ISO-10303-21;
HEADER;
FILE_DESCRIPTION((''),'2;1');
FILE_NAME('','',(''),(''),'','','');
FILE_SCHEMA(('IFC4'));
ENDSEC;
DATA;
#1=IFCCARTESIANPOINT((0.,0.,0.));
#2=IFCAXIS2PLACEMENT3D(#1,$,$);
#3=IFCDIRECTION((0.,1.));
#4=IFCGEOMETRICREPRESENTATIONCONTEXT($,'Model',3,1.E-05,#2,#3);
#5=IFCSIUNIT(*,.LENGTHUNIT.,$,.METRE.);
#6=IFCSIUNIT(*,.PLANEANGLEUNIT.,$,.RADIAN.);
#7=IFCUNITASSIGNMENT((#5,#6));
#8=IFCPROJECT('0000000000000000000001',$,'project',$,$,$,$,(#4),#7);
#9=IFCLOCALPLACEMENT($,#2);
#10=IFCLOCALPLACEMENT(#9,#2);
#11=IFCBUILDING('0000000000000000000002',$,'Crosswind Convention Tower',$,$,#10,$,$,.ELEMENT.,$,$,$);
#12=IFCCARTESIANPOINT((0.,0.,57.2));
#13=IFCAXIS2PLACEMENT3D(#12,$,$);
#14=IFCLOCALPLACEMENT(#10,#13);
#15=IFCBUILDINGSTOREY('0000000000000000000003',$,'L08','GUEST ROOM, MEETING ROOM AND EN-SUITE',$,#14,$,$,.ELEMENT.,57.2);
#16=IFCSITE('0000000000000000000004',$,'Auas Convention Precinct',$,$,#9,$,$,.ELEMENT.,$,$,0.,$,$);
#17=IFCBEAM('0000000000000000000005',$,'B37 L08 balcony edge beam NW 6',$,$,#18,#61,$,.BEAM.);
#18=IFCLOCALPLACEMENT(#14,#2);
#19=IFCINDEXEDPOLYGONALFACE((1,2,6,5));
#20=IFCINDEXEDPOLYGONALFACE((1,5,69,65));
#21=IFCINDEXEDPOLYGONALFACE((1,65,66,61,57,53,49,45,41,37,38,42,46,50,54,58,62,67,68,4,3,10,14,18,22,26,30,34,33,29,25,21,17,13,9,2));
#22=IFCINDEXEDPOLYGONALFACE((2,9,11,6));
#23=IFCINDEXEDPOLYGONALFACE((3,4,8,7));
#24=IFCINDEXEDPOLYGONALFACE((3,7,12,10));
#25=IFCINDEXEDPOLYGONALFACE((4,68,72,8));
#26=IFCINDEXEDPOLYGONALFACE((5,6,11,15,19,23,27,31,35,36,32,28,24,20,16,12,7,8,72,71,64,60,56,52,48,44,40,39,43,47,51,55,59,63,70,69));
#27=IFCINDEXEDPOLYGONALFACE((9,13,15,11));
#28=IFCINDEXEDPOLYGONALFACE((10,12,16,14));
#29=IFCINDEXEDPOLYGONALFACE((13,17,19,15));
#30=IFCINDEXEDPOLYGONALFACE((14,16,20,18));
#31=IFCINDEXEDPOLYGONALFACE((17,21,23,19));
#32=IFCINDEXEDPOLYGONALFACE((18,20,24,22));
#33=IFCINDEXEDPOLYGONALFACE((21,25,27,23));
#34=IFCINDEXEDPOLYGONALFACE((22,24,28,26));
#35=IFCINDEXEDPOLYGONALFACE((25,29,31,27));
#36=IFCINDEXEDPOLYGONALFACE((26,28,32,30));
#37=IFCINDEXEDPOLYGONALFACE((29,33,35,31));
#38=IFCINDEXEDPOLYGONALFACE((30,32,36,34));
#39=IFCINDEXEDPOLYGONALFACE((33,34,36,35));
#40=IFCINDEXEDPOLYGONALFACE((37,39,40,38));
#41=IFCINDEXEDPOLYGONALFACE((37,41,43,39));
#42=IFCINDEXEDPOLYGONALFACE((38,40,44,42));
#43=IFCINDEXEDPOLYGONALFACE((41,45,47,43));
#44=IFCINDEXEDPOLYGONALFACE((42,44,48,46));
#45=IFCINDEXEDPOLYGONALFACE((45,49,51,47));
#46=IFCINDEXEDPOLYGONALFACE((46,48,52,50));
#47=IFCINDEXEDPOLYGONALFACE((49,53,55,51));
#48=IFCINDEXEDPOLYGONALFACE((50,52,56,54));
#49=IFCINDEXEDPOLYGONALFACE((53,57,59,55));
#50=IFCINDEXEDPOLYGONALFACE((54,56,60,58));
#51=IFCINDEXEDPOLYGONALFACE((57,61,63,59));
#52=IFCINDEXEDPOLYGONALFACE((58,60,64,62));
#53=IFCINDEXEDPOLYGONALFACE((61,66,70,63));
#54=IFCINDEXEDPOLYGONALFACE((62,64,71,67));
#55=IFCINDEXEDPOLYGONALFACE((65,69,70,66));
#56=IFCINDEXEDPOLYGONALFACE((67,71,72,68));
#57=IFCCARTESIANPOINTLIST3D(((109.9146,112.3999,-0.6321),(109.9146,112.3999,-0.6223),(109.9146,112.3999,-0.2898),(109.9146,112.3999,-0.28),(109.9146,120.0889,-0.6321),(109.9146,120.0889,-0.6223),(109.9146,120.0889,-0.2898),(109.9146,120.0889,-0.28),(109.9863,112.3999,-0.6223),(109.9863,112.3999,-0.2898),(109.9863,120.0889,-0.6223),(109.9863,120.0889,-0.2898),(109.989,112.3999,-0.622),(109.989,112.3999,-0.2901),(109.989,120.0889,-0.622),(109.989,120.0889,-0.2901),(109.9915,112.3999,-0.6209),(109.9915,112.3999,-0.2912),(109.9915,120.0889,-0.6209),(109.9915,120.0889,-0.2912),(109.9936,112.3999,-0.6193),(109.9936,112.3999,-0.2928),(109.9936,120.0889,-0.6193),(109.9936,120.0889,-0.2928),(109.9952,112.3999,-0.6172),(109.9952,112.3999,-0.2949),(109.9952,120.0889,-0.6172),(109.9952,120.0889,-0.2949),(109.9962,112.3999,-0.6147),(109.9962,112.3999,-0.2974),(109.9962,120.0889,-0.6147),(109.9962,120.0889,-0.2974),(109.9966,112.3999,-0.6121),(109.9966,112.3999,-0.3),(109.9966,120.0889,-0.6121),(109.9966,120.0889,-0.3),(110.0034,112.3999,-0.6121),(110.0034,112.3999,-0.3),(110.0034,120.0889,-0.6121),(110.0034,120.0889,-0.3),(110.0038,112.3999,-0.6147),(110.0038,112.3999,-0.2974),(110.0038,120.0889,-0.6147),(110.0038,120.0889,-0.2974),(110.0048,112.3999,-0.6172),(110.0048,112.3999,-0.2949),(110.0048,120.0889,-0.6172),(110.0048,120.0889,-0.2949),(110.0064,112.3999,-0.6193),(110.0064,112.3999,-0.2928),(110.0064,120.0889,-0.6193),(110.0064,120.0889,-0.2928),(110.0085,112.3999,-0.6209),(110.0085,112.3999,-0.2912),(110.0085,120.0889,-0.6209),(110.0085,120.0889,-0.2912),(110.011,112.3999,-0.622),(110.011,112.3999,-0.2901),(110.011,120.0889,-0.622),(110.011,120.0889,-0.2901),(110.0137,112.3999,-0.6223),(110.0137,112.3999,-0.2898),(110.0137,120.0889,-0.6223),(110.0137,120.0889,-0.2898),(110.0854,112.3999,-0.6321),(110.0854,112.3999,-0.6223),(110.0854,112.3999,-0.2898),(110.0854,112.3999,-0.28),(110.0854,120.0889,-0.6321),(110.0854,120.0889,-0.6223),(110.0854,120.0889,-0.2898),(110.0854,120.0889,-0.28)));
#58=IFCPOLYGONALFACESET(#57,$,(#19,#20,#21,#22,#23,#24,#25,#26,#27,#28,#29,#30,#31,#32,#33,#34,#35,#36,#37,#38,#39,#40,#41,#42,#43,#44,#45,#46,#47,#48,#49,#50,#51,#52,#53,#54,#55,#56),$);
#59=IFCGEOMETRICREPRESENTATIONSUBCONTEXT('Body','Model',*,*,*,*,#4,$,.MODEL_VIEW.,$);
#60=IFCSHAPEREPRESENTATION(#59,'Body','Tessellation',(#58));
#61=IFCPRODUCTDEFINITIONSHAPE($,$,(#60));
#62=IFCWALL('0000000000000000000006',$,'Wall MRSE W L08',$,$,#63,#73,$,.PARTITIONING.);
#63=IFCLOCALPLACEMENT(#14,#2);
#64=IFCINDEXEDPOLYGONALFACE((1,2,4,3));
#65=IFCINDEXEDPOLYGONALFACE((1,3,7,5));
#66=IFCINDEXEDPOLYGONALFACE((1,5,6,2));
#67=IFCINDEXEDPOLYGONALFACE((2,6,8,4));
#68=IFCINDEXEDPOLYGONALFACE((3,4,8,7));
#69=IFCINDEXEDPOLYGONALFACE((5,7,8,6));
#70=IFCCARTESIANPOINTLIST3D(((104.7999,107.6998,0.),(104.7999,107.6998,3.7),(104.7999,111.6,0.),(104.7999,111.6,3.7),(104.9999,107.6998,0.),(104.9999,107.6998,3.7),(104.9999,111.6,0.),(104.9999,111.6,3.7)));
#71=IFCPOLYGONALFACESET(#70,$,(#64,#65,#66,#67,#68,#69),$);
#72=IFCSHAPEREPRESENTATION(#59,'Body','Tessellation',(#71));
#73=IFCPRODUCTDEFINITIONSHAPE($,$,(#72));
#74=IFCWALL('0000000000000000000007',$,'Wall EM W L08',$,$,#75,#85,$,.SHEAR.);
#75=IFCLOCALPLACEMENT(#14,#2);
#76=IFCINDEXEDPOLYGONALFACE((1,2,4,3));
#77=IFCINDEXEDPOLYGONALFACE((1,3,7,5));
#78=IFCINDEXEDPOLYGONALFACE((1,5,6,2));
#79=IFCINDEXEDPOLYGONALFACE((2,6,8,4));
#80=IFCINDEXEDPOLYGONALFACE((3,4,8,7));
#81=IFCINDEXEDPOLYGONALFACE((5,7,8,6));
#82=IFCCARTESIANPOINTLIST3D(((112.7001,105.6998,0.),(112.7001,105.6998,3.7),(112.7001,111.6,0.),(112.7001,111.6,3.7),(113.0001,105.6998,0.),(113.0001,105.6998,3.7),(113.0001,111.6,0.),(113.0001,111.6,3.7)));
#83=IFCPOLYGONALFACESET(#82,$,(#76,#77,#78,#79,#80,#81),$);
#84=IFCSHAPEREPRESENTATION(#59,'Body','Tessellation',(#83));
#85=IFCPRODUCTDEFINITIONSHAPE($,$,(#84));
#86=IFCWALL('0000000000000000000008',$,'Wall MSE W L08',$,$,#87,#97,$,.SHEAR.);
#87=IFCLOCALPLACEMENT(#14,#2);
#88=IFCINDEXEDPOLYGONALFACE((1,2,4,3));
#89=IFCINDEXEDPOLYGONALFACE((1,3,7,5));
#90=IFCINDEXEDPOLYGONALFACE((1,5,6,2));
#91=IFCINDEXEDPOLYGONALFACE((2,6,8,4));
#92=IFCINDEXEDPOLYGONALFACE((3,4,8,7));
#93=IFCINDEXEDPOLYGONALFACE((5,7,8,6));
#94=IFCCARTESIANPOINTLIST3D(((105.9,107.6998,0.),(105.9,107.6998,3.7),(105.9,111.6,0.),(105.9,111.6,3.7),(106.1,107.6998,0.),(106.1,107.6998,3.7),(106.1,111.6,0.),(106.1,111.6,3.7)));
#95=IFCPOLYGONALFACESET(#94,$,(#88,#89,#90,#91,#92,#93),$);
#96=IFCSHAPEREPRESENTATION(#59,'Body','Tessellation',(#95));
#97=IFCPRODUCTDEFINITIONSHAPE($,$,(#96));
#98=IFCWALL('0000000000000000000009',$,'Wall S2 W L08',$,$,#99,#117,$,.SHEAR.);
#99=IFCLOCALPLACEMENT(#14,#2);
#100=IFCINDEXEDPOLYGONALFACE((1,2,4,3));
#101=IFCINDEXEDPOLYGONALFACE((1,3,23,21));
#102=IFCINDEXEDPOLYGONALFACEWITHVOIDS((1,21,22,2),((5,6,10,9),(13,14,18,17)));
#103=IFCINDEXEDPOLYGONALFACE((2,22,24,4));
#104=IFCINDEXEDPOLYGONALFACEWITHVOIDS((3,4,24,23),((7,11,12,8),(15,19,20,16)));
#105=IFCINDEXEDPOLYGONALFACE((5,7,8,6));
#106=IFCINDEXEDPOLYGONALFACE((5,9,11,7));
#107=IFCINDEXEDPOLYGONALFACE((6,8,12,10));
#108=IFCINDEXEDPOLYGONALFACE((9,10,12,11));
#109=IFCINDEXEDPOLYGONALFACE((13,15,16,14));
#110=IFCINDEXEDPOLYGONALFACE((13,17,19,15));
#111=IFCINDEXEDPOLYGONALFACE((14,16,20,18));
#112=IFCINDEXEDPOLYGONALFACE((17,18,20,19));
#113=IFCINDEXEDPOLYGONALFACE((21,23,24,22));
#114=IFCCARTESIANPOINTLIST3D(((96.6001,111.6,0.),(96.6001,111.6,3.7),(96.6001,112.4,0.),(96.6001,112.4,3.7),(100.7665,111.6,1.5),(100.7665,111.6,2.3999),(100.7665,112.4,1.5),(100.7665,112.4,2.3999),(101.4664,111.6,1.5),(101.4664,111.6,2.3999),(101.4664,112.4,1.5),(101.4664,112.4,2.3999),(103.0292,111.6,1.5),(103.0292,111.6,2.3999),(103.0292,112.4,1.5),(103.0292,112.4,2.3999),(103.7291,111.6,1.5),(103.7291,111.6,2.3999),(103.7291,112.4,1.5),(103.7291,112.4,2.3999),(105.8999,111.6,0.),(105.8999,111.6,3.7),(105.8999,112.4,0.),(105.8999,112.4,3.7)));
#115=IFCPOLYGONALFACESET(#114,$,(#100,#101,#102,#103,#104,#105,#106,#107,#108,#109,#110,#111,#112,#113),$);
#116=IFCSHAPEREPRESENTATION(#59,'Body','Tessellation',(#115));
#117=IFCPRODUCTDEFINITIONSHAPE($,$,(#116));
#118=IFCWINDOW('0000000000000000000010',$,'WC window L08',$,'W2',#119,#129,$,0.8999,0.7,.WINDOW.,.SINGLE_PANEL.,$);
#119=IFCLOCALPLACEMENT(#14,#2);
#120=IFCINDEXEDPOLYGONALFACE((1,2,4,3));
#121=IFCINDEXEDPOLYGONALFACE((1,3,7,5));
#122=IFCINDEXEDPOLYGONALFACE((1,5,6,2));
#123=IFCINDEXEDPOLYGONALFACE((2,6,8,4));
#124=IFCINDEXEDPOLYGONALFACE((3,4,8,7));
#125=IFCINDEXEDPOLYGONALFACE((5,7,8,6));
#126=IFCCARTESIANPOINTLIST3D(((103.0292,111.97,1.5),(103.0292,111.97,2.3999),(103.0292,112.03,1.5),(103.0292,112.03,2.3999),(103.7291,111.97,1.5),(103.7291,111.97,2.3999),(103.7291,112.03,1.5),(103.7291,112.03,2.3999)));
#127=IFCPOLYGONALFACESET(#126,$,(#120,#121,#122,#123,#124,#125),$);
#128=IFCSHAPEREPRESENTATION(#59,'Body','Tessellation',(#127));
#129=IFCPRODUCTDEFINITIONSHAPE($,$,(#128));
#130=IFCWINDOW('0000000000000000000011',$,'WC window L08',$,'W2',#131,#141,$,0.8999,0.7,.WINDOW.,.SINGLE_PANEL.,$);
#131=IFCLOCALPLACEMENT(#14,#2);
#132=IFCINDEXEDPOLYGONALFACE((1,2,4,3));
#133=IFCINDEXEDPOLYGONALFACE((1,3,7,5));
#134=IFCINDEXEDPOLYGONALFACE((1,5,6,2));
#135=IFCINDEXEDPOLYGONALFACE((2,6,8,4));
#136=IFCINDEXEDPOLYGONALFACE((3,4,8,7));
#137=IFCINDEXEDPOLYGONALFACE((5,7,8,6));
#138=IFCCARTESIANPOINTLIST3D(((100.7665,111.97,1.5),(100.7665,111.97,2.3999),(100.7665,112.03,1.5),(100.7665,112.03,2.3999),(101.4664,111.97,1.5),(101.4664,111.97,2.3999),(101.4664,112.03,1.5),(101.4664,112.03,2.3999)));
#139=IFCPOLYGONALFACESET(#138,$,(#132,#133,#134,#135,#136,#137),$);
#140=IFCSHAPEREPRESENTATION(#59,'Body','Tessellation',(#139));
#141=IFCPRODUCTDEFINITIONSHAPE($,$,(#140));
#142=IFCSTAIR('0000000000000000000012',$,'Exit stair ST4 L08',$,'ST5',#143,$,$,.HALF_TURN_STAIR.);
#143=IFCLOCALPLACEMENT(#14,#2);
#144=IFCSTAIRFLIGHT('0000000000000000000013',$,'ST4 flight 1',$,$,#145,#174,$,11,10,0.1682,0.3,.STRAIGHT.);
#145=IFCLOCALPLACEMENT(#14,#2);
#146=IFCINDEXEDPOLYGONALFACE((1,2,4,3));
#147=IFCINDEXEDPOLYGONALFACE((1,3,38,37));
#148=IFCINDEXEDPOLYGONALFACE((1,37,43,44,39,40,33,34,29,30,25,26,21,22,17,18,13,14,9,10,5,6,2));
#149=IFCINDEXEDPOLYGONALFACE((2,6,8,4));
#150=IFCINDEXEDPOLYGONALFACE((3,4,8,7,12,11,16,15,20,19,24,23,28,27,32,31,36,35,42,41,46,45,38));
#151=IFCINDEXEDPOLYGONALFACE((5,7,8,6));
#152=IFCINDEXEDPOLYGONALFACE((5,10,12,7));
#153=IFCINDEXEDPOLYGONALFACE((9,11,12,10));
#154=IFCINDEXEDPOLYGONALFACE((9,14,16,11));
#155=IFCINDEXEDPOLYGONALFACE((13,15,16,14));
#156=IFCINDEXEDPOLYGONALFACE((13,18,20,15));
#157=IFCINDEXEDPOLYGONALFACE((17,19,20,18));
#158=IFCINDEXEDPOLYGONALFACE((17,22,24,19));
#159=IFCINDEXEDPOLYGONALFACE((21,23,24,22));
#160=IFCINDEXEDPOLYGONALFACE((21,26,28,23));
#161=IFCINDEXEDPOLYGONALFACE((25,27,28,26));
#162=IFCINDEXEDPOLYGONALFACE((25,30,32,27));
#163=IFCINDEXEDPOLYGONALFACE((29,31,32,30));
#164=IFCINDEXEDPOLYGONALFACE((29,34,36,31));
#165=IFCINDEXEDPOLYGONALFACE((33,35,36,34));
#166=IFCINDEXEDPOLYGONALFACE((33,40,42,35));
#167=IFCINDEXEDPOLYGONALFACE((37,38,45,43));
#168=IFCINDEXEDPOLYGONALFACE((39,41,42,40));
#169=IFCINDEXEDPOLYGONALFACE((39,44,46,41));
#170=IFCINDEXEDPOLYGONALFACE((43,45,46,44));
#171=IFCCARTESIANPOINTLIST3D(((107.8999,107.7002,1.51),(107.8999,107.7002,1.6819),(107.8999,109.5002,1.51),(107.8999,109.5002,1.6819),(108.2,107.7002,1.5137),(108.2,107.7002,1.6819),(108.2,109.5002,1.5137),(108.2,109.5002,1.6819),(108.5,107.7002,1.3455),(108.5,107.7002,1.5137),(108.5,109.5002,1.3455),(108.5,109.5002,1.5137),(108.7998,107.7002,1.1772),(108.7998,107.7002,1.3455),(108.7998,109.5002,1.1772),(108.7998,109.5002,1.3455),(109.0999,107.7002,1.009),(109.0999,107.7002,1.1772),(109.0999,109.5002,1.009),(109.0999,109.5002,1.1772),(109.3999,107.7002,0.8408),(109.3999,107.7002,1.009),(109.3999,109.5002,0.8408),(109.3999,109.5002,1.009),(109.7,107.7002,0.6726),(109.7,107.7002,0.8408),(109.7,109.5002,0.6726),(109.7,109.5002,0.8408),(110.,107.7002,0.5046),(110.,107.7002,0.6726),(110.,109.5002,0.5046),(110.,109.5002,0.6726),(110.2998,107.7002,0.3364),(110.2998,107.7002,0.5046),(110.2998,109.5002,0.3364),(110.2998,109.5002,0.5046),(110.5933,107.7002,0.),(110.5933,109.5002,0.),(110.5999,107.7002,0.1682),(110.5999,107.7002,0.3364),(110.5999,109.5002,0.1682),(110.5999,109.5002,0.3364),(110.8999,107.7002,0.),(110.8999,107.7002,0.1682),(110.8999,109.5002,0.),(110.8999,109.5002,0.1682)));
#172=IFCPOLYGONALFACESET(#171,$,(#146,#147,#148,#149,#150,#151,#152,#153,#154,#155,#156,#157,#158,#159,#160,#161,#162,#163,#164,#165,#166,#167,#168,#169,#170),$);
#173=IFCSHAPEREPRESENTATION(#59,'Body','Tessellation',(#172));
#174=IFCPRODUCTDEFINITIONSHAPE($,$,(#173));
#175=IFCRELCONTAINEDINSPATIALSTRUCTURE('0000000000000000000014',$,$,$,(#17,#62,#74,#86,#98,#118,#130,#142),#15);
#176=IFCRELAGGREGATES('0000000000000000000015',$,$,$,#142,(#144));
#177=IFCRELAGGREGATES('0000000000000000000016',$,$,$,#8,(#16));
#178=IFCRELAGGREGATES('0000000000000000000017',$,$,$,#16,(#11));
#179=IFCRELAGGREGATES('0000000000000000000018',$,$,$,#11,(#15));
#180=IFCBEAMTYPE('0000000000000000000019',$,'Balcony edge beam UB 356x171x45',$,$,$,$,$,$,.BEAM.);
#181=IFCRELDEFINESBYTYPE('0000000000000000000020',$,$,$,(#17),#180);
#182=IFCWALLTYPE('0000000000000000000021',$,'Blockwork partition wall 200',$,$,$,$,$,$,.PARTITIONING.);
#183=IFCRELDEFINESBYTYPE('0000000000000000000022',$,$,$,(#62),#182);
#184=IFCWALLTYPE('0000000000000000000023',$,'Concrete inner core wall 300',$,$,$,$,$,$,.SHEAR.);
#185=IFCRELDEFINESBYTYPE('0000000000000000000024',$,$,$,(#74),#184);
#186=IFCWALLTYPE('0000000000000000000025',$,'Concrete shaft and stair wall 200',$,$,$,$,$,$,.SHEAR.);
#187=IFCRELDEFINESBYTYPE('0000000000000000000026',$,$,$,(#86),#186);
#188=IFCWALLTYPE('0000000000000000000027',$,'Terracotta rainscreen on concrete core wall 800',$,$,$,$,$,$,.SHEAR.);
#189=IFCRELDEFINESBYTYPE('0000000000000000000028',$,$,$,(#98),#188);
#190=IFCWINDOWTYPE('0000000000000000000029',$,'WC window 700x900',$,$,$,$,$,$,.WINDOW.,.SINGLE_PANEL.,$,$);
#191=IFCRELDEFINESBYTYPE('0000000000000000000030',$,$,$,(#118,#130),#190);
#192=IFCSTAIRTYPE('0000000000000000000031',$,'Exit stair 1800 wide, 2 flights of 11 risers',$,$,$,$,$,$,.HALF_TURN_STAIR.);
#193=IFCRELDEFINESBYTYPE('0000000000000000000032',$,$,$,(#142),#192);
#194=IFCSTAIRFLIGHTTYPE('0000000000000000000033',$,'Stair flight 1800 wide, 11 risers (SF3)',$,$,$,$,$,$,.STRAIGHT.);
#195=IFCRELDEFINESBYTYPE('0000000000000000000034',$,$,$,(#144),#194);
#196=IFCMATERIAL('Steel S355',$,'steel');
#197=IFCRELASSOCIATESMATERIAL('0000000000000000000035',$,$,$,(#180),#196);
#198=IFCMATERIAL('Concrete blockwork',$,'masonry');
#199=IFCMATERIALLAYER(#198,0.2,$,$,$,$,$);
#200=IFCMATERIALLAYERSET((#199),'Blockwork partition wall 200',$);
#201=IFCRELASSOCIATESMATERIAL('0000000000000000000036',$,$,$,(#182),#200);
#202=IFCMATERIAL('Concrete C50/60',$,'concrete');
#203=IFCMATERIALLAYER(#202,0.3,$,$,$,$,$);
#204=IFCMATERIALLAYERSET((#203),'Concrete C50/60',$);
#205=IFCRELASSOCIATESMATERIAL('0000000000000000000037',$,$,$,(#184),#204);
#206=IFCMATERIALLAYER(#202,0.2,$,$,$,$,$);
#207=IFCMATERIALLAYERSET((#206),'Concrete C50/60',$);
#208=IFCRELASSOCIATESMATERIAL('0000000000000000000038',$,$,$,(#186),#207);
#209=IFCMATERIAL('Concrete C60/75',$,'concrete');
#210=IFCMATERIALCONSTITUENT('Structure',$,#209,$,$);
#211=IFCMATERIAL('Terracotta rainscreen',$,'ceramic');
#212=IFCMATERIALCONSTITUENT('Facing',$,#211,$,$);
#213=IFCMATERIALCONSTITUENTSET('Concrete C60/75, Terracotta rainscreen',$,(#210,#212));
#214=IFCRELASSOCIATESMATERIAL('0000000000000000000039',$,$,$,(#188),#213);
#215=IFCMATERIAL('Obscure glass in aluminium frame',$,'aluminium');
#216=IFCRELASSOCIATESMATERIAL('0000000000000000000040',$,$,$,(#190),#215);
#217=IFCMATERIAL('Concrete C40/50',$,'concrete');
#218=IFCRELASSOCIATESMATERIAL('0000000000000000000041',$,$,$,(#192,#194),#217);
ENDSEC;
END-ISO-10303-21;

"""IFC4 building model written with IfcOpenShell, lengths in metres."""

from ifc_helpers import new_model, si_unit, direction, frame, frame_2d, origin, origin_2d, place, context, subcontext, project, spatial, polyline, rectangle, i_section, outline, extrude, material, layer, layer_set, constituent, constituent_set, material_profile, profile_set, type_object, element, fill, aggregate, save


model = new_model("IFC4")

# Units and contexts
model_context = context("Model", 3, precision=1e-05, world=origin(), true_north=direction((0.0, 1.0)))
body_context = subcontext(model_context, "Body", "Model", "MODEL_VIEW")
ifc_project = project(units=[si_unit("LENGTHUNIT", "METRE"), si_unit("PLANEANGLEUNIT", "RADIAN")], contexts=[model_context])

# Site, building, storey
site_placement = place(None, origin())
site = spatial("IfcSite", under=ifc_project, at=site_placement, Name="Auas Convention Precinct", CompositionType="ELEMENT", RefElevation=0.0)
building_placement = place(site_placement, origin())
building = spatial("IfcBuilding", under=site, at=building_placement, Name="Crosswind Convention Tower", CompositionType="ELEMENT")
storey_placement = place(building_placement, frame((0.0, 0.0, 57.2)))
storey = spatial("IfcBuildingStorey", under=building, at=storey_placement, Name="L08", Description="GUEST ROOM, MEETING ROOM AND EN-SUITE", CompositionType="ELEMENT", Elevation=57.2)

# Beam
ifc_material_1 = material(Name="Steel S355", Category="steel")
ifc_material_profile = material_profile(ifc_material_1, i_section(OverallWidth=0.1709, OverallDepth=0.3521, WebThickness=0.0068, FlangeThickness=0.0098, FilletRadius=0.0103, at=origin_2d()), Name="UB 356x171x45")
ifc_profile_set = profile_set([ifc_material_profile], Name="Steel S355")
beam_type = type_object("IfcBeamType", Name="Balcony edge beam UB 356x171x45", PredefinedType="BEAM", material=ifc_profile_set)
beam_placement = place(storey_placement, frame((110.0, 112.3999, -0.4561), z_axis=(0.0, 1.0, 0.0), x_axis=(-1.0, 0.0, 0.0)))
element("IfcBeam", 1, at=beam_placement, inside=storey, type_object=beam_type, Name="B37 L08 balcony edge beam NW 6", PredefinedType="BEAM", context=body_context, shape_type="SweptSolid", body=[
    extrude(i_section(OverallWidth=0.1709, OverallDepth=0.3521, WebThickness=0.0068, FlangeThickness=0.0098, FilletRadius=0.0103, at=origin_2d()), origin(), (0.0, 0.0, 1.0), 7.689),
])

# Walls
ifc_material_2 = material(Name="Concrete blockwork", Category="masonry")
ifc_layer_1 = layer(ifc_material_2, 0.2)
ifc_layer_set_1 = layer_set([ifc_layer_1], Name="Blockwork partition wall 200")
wall_type_1 = type_object("IfcWallType", Name="Blockwork partition wall 200", PredefinedType="PARTITIONING", material=ifc_layer_set_1)
wall_1_placement = place(storey_placement, frame((104.8999, 111.6001, 0.0), z_axis=(0.0, 0.0, 1.0), x_axis=(0.0, -1.0, 0.0)))
element("IfcWall", 2, at=wall_1_placement, inside=storey, type_object=wall_type_1, Name="Wall MRSE W L08", PredefinedType="PARTITIONING", context=body_context, shape_type="SweptSolid", body=[
    extrude(rectangle(XDim=3.9001, YDim=0.2, at=frame_2d((1.9502, 0.0))), origin(), (0.0, 0.0, 1.0), 3.7),
])
ifc_material_3 = material(Name="Concrete C50/60", Category="concrete")
ifc_layer_2 = layer(ifc_material_3, 0.3)
ifc_layer_set_2 = layer_set([ifc_layer_2], Name="Concrete C50/60")
wall_type_2 = type_object("IfcWallType", Name="Concrete inner core wall 300", PredefinedType="SHEAR", material=ifc_layer_set_2)
wall_2_placement = place(storey_placement, frame((112.8501, 111.6001, 0.0), z_axis=(0.0, 0.0, 1.0), x_axis=(0.0, -1.0, 0.0)))
element("IfcWall", 3, at=wall_2_placement, inside=storey, type_object=wall_type_2, Name="Wall EM W L08", PredefinedType="SHEAR", context=body_context, shape_type="SweptSolid", body=[
    extrude(rectangle(XDim=5.9001, YDim=0.3, at=frame_2d((2.9502, 0.0))), origin(), (0.0, 0.0, 1.0), 3.7),
])
ifc_layer_3 = layer(ifc_material_3, 0.2)
ifc_layer_set_3 = layer_set([ifc_layer_3], Name="Concrete C50/60")
wall_type_3 = type_object("IfcWallType", Name="Concrete shaft and stair wall 200", PredefinedType="SHEAR", material=ifc_layer_set_3)
wall_3_placement = place(storey_placement, frame((106.0, 111.6001, 0.0), z_axis=(0.0, 0.0, 1.0), x_axis=(0.0, -1.0, 0.0)))
element("IfcWall", 4, at=wall_3_placement, inside=storey, type_object=wall_type_3, Name="Wall MSE W L08", PredefinedType="SHEAR", context=body_context, shape_type="SweptSolid", body=[
    extrude(rectangle(XDim=3.9001, YDim=0.2, at=frame_2d((1.9502, 0.0))), origin(), (0.0, 0.0, 1.0), 3.7),
])

# Wall, openings, windows
ifc_material_4 = material(Name="Concrete C60/75", Category="concrete")
ifc_constituent_1 = constituent(ifc_material_4, Name="Structure")
ifc_material_5 = material(Name="Terracotta rainscreen", Category="ceramic")
ifc_constituent_2 = constituent(ifc_material_5, Name="Facing")
ifc_constituent_set = constituent_set(constituents=[ifc_constituent_1, ifc_constituent_2], Name="Concrete C60/75, Terracotta rainscreen")
wall_type_4 = type_object("IfcWallType", Name="Terracotta rainscreen on concrete core wall 800", PredefinedType="SHEAR", material=ifc_constituent_set)
wall_4_placement = place(storey_placement, frame((105.8999, 112.0, 0.0), z_axis=(0.0, 0.0, 1.0), x_axis=(-1.0, 0.0, 0.0)))
wall_4 = element("IfcWall", 5, at=wall_4_placement, inside=storey, type_object=wall_type_4, Name="Wall S2 W L08", PredefinedType="SHEAR", context=body_context, shape_type="SweptSolid", body=[
    extrude(rectangle(XDim=9.2998, YDim=0.8, at=frame_2d((4.6499, 0.0))), origin(), (0.0, 0.0, 1.0), 3.7),
])
opening_1_placement = place(wall_4_placement, frame((2.1707, 0.0, 1.5)))
opening_1 = element("IfcOpeningElement", 6, at=opening_1_placement, cuts=wall_4, PredefinedType="OPENING", context=body_context, shape_type="SweptSolid", body=[
    extrude(rectangle(XDim=0.7, YDim=0.8999, at=frame_2d((0.3501, 0.45))), frame((0.0, 0.4099, 0.0), z_axis=(0.0, -1.0, 0.0), x_axis=(1.0, 0.0, 0.0)), (0.0, 0.0, 1.0), 0.8201),
])
opening_2_placement = place(wall_4_placement, frame((4.4333, 0.0, 1.5)))
opening_2 = element("IfcOpeningElement", 7, at=opening_2_placement, cuts=wall_4, PredefinedType="OPENING", context=body_context, shape_type="SweptSolid", body=[
    extrude(rectangle(XDim=0.7, YDim=0.8999, at=frame_2d((0.3501, 0.45))), frame((0.0, 0.4099, 0.0), z_axis=(0.0, -1.0, 0.0), x_axis=(1.0, 0.0, 0.0)), (0.0, 0.0, 1.0), 0.8201),
])
ifc_material_6 = material(Name="Obscure glass in aluminium frame", Category="aluminium")
window_type = type_object("IfcWindowType", Name="WC window 700x900", PartitioningType="SINGLE_PANEL", PredefinedType="WINDOW", material=ifc_material_6)
window_1_placement = place(opening_1_placement, origin())
window_1 = element("IfcWindow", 8, at=window_1_placement, inside=storey, type_object=window_type, Name="WC window L08", ObjectType="W2", OverallHeight=0.8999, OverallWidth=0.7, PartitioningType="SINGLE_PANEL", PredefinedType="WINDOW", context=body_context, shape_type="SweptSolid", body=[
    extrude(rectangle(XDim=0.7, YDim=0.8999, at=frame_2d((0.3501, 0.45))), frame((0.0, 0.03, 0.0), z_axis=(0.0, -1.0, 0.0), x_axis=(1.0, 0.0, 0.0)), (0.0, 0.0, 1.0), 0.0601),
])
fill(opening_1, window_1)
window_2_placement = place(opening_2_placement, origin())
window_2 = element("IfcWindow", 9, at=window_2_placement, inside=storey, type_object=window_type, Name="WC window L08", ObjectType="W2", OverallHeight=0.8999, OverallWidth=0.7, PartitioningType="SINGLE_PANEL", PredefinedType="WINDOW", context=body_context, shape_type="SweptSolid", body=[
    extrude(rectangle(XDim=0.7, YDim=0.8999, at=frame_2d((0.3501, 0.45))), frame((0.0, 0.03, 0.0), z_axis=(0.0, -1.0, 0.0), x_axis=(1.0, 0.0, 0.0)), (0.0, 0.0, 1.0), 0.0601),
])
fill(opening_2, window_2)

# Stair, stair flight
ifc_material_7 = material(Name="Concrete C40/50", Category="concrete")
stair_type = type_object("IfcStairType", Name="Exit stair 1800 wide, 2 flights of 11 risers", PredefinedType="HALF_TURN_STAIR", material=ifc_material_7)
stair_placement = place(storey_placement, origin())
stair = element("IfcStair", 10, at=stair_placement, inside=storey, type_object=stair_type, Name="Exit stair ST4 L08", ObjectType="ST5", PredefinedType="HALF_TURN_STAIR")
stair_flight_type = type_object("IfcStairFlightType", Name="Stair flight 1800 wide, 11 risers (SF3)", PredefinedType="STRAIGHT", material=ifc_material_7)
stair_flight_1_placement = place(storey_placement, frame((110.8999, 108.6001, 0.0), z_axis=(0.0, 0.0, 1.0), x_axis=(-1.0, 0.0, 0.0)))
stair_flight_1 = element("IfcStairFlight", 11, at=stair_flight_1_placement, type_object=stair_flight_type, Name="ST4 flight 1", NumberOfRisers=11, NumberOfTreads=10, PredefinedType="STRAIGHT", RiserHeight=0.1682, TreadLength=0.3, context=body_context, shape_type="SweptSolid", body=[
    extrude(outline(polyline([(0.0, 0.0), (0.0, 0.1682), (0.3, 0.1682), (0.3, 0.3364), (0.6001, 0.3364), (0.6001, 0.5046), (0.8999, 0.5046), (0.8999, 0.6726), (1.2, 0.6726), (1.2, 0.8408), (1.5, 0.8408), (1.5, 1.009), (1.8, 1.009), (1.8, 1.1772), (2.1001, 1.1772), (2.1001, 1.3455), (2.3999, 1.3455), (2.3999, 1.5137), (2.7, 1.5137), (2.7, 1.6819), (3.0, 1.6819), (3.0, 1.8501), (3.0, 1.51), (0.3066, 0.0), (0.0, 0.0)])), frame((0.0, 0.8999, 0.0), z_axis=(0.0, -1.0, 0.0), x_axis=(1.0, 0.0, 0.0)), (0.0, 0.0, 1.0), 1.8),
])
aggregate(stair, [stair_flight_1])

save(model, "model.ifc")
